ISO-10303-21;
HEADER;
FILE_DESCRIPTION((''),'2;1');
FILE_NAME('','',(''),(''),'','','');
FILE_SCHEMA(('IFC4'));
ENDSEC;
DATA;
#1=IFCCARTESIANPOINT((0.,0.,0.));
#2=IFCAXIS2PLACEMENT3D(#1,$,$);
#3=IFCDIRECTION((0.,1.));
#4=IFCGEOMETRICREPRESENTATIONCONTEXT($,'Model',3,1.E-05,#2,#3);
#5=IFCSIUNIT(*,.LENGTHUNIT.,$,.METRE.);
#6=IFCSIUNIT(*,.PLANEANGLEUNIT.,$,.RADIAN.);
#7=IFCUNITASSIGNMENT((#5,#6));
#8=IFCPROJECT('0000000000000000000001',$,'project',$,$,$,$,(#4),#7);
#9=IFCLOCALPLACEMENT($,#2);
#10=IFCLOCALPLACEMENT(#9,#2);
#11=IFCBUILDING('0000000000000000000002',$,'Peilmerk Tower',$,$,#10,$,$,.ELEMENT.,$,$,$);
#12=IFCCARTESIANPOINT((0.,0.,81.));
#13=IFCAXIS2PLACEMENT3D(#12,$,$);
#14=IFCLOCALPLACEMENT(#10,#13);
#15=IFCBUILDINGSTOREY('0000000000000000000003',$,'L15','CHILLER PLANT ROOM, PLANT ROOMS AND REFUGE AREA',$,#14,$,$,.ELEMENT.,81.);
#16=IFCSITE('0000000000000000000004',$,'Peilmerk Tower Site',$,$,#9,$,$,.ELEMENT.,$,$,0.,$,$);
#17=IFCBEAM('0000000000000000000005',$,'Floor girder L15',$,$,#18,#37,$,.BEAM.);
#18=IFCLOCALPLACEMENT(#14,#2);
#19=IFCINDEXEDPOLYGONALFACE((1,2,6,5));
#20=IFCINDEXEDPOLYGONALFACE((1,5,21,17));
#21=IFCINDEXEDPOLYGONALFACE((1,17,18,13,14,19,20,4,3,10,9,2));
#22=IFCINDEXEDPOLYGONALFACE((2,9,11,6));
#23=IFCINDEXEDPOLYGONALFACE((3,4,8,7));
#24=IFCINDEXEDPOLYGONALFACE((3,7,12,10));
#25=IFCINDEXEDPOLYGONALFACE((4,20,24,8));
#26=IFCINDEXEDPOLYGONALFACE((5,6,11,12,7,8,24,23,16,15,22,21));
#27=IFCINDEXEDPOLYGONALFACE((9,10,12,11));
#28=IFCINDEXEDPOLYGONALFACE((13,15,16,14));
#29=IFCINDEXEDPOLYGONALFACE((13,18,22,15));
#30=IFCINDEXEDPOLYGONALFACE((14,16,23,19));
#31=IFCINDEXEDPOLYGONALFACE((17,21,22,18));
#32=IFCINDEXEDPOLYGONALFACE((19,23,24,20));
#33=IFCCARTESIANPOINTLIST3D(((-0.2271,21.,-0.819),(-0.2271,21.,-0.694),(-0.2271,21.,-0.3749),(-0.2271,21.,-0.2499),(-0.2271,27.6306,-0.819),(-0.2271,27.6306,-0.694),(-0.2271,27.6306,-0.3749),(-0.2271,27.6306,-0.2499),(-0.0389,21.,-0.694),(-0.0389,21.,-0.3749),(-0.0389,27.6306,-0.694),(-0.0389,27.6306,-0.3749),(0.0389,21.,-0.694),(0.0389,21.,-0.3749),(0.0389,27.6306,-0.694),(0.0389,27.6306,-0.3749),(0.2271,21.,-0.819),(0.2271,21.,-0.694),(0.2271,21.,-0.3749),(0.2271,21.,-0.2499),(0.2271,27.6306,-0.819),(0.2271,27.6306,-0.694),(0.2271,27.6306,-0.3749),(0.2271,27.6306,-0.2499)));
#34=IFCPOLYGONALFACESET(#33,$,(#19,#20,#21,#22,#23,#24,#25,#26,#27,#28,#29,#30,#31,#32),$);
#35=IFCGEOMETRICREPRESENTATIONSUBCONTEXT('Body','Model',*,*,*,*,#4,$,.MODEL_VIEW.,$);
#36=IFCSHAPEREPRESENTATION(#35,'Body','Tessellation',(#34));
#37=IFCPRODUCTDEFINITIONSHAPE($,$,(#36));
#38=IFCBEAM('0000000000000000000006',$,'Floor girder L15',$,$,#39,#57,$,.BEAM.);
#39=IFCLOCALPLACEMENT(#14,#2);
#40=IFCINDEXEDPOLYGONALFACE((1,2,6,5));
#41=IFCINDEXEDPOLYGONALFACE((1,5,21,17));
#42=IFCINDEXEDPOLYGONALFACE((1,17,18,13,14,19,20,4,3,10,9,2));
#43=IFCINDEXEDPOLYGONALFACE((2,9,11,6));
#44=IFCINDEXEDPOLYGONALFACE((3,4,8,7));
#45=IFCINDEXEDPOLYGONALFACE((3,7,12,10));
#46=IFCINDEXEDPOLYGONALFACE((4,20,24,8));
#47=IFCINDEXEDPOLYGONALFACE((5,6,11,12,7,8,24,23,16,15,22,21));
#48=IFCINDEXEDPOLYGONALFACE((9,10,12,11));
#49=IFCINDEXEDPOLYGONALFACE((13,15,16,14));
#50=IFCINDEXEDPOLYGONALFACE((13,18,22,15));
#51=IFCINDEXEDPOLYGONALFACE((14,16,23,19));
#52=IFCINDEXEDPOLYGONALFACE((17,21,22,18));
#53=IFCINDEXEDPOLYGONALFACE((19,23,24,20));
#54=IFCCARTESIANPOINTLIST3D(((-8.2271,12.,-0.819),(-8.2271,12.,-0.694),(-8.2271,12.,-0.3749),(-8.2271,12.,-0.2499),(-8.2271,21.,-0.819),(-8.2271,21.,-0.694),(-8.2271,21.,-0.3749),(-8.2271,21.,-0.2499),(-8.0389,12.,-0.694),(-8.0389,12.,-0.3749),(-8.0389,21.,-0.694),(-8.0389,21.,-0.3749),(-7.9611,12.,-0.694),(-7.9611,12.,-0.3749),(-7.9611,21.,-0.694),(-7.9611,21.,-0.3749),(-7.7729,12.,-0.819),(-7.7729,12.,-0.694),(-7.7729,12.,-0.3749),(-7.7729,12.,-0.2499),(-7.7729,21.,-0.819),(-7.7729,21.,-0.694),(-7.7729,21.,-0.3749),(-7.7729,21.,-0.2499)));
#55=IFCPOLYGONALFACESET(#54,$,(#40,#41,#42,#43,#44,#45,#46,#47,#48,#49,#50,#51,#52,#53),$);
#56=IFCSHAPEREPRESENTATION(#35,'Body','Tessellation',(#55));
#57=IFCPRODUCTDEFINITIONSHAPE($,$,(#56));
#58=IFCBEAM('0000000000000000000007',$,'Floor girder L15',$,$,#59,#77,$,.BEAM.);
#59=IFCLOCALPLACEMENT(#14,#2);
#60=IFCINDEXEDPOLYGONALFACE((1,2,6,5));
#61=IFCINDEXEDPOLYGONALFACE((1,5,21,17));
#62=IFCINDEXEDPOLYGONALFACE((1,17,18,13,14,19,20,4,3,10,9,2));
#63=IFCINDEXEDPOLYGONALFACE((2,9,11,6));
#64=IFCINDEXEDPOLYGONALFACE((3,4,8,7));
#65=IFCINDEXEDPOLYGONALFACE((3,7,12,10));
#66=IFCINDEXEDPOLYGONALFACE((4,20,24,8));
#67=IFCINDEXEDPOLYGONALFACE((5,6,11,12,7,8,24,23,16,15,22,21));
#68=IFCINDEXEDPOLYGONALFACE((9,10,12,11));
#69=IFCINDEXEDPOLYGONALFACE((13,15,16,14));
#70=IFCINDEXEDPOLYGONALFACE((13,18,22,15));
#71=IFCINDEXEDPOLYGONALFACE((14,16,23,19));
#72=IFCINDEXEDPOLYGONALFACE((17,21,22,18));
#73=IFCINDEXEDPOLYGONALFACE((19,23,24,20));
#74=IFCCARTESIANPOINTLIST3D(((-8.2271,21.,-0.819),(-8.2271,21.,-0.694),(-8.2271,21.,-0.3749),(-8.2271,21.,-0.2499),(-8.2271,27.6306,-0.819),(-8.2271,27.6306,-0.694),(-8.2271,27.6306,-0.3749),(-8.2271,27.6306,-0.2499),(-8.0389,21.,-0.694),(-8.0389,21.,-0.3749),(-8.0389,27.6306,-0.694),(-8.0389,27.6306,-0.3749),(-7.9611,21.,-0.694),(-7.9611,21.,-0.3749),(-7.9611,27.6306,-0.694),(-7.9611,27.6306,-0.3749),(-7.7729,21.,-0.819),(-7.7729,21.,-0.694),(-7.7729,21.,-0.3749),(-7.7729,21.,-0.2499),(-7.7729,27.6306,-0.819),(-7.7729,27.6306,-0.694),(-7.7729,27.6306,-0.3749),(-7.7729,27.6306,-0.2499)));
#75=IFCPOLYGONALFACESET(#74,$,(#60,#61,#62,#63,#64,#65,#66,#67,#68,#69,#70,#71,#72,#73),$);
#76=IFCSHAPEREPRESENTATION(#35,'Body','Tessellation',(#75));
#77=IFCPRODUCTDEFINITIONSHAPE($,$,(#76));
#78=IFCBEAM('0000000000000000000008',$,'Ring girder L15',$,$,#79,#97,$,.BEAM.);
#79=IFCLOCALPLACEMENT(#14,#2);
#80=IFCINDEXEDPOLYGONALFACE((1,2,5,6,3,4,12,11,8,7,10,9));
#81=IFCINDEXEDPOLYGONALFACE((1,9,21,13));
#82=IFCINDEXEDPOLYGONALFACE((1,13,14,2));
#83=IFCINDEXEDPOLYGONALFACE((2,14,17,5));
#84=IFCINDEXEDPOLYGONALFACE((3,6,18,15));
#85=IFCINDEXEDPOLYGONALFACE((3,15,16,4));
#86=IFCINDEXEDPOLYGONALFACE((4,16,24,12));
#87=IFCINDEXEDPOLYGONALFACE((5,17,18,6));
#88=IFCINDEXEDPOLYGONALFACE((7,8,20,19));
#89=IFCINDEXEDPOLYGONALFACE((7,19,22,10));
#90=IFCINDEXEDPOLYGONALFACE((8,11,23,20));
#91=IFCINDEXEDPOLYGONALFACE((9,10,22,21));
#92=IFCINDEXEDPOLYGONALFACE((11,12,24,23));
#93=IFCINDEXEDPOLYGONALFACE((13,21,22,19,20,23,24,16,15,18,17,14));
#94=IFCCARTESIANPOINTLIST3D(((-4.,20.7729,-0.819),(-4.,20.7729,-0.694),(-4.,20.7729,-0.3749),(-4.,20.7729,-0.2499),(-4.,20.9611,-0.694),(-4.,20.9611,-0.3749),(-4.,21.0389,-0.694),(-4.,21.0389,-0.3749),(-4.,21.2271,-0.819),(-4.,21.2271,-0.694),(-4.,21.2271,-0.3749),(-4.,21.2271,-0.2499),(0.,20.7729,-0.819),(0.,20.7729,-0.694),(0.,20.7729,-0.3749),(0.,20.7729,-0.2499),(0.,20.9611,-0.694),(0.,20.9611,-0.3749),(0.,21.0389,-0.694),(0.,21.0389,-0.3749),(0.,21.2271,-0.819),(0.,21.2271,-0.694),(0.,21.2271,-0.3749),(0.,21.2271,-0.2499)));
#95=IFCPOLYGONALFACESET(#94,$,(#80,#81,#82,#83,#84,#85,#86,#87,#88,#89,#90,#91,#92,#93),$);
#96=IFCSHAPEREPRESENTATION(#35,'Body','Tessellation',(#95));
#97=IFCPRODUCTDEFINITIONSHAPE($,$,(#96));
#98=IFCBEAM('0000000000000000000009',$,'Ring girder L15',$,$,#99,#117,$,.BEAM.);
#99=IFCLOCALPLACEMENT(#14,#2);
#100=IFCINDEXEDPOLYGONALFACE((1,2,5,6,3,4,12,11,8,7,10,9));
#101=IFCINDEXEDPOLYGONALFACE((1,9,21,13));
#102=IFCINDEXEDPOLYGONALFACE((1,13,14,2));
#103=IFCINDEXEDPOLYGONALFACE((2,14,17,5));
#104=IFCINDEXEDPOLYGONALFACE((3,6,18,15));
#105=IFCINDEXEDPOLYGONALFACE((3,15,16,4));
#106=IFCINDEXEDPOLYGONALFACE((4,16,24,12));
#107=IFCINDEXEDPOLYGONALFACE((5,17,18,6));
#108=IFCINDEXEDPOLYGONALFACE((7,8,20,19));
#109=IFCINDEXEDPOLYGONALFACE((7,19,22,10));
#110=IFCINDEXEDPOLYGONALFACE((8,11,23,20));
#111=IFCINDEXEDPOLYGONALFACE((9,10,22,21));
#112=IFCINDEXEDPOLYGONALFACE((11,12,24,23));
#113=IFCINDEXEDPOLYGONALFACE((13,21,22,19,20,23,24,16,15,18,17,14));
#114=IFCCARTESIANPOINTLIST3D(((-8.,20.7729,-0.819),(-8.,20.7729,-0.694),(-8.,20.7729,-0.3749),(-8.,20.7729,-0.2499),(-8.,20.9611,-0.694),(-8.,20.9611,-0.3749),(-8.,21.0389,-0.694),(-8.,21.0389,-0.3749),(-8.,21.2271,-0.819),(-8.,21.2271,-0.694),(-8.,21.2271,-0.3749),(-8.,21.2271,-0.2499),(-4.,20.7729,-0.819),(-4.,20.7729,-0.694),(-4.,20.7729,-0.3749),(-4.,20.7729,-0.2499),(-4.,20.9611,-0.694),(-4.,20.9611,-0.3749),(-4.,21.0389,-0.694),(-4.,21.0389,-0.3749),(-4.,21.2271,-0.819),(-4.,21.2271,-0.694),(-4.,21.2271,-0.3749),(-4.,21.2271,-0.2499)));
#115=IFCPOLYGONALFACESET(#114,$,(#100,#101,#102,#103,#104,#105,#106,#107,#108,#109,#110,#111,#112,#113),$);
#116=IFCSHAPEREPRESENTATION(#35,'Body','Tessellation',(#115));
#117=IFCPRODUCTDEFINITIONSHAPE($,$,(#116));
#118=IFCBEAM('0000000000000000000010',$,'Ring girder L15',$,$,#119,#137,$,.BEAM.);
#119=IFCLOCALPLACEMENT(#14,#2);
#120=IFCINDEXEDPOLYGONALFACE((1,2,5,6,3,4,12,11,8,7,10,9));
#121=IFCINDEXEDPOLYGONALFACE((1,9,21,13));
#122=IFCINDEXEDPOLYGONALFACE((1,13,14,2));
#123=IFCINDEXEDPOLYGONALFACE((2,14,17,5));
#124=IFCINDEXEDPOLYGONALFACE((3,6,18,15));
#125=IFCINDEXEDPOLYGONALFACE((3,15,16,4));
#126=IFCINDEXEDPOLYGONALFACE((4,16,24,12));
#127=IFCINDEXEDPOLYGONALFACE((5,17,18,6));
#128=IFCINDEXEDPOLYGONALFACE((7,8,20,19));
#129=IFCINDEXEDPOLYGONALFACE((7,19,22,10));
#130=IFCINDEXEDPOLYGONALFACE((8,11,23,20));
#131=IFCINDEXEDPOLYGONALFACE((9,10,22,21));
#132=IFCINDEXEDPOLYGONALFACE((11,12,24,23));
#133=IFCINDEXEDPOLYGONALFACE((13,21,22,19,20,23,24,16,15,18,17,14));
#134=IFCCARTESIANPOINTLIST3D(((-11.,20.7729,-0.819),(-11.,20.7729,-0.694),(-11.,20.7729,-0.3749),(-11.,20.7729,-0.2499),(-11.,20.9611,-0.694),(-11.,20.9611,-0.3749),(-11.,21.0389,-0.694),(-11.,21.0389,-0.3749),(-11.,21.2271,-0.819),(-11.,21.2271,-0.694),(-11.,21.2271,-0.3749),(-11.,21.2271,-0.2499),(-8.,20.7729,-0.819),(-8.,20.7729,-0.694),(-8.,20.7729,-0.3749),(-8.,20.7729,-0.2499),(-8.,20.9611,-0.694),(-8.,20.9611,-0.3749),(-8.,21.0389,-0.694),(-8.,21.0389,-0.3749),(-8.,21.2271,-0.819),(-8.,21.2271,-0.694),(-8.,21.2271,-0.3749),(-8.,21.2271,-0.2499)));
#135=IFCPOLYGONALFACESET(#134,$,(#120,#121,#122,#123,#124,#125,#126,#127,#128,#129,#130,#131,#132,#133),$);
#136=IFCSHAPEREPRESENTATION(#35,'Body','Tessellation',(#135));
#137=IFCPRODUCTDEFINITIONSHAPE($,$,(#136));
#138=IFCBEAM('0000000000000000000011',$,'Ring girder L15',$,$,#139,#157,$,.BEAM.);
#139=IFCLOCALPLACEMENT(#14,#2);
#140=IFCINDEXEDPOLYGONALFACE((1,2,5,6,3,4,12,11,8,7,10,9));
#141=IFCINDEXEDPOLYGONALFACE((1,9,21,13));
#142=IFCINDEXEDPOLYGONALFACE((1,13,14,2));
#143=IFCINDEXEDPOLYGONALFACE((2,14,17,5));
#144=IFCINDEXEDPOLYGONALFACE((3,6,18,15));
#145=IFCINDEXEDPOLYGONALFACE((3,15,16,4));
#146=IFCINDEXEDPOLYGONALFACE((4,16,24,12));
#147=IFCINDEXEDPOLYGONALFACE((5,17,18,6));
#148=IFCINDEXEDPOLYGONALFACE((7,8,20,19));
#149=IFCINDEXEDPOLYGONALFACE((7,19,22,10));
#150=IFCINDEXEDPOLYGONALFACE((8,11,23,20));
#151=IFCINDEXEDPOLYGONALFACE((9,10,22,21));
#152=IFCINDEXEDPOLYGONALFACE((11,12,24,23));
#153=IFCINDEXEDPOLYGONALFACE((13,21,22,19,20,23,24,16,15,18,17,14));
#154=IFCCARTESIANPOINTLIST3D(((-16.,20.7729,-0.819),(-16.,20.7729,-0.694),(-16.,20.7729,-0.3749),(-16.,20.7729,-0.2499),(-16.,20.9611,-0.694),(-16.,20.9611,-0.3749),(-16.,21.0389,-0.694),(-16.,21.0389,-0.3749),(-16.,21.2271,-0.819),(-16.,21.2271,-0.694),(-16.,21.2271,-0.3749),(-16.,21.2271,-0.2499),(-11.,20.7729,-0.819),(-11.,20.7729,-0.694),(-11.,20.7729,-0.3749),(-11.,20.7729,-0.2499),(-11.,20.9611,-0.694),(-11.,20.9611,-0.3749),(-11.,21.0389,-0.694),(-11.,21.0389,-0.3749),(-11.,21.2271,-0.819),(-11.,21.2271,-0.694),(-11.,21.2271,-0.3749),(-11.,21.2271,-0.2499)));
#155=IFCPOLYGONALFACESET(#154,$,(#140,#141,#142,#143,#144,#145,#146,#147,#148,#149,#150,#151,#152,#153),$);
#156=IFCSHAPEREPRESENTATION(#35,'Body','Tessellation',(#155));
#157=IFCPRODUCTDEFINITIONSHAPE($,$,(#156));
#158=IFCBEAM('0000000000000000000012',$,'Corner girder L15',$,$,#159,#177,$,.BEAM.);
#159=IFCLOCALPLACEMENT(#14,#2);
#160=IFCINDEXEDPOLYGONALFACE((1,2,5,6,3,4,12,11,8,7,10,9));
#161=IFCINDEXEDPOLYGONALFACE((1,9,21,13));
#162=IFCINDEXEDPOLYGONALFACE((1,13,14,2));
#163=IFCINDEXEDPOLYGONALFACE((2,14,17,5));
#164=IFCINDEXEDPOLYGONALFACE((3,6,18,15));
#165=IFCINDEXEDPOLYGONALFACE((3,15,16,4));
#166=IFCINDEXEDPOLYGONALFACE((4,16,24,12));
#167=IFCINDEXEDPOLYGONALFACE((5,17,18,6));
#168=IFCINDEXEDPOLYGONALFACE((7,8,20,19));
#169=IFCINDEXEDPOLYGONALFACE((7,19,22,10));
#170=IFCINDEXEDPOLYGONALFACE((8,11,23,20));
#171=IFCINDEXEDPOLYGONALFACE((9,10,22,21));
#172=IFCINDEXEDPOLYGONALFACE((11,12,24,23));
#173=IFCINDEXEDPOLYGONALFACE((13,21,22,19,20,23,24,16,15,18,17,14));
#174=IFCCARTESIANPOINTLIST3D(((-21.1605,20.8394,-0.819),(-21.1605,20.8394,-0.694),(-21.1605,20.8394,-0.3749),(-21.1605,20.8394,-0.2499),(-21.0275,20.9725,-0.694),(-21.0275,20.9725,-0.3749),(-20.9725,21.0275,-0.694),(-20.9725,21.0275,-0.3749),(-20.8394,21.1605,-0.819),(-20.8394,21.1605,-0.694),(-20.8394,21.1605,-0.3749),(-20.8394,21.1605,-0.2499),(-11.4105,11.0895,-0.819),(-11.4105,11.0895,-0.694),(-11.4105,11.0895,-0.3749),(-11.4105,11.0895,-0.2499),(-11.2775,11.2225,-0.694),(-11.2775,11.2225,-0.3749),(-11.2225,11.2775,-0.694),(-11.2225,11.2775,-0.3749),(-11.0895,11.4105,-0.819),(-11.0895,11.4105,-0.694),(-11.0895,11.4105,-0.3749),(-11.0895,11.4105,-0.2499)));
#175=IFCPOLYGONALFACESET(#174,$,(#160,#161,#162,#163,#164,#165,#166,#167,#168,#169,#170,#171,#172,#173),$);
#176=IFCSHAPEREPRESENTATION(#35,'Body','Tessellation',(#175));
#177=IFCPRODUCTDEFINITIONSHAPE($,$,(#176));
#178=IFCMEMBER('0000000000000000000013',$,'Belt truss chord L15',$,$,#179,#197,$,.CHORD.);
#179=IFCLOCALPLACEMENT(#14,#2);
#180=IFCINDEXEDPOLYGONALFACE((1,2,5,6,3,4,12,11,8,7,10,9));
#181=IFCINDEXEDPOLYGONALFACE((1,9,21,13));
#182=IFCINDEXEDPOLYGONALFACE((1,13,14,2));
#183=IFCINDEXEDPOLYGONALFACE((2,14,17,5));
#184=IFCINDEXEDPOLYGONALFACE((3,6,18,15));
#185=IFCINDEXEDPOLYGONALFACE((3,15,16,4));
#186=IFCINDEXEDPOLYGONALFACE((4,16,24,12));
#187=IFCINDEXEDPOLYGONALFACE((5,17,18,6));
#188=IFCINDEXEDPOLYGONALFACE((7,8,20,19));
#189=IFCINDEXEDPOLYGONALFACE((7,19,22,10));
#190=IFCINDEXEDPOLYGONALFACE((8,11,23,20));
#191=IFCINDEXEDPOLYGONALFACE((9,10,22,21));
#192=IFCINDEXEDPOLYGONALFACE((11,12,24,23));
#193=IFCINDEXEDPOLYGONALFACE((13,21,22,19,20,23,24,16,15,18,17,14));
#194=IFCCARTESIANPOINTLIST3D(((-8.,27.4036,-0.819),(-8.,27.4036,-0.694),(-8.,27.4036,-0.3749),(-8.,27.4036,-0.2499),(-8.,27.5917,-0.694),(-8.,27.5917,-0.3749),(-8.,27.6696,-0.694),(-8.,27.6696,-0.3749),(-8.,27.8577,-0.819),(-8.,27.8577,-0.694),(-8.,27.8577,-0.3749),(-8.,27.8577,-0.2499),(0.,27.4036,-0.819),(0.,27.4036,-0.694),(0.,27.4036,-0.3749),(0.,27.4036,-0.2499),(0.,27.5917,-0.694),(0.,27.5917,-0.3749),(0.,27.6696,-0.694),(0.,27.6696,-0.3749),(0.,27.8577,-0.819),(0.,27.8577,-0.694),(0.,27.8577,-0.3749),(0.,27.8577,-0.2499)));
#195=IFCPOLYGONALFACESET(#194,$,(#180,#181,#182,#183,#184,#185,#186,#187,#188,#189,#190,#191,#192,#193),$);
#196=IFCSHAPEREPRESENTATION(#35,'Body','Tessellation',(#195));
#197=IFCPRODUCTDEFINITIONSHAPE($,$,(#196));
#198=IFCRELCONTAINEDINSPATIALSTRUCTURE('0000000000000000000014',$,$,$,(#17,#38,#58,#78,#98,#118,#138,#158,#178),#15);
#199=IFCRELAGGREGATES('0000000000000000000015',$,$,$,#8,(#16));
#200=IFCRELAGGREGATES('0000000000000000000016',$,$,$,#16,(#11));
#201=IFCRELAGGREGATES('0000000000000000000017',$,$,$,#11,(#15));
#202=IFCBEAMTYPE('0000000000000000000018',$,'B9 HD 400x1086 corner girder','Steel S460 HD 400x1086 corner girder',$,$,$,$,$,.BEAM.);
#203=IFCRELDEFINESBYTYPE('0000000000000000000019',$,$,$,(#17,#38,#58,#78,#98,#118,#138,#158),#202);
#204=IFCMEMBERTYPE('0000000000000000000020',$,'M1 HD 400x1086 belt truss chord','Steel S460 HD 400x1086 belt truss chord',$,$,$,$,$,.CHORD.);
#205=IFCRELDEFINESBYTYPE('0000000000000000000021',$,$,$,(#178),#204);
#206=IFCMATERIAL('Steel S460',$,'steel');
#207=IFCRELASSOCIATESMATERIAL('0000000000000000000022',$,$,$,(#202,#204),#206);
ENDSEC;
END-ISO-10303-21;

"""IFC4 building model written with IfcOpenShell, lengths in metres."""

from ifc_helpers import new_model, si_unit, direction, frame, origin, origin_2d, place, context, subcontext, project, spatial, i_section, extrude, material, material_profile, profile_set, type_object, element, save


model = new_model("IFC4")

# Units and contexts
model_context = context("Model", 3, precision=1e-05, world=origin(), true_north=direction((0.0, 1.0)))
body_context = subcontext(model_context, "Body", "Model", "MODEL_VIEW")
ifc_project = project(units=[si_unit("LENGTHUNIT", "METRE"), si_unit("PLANEANGLEUNIT", "RADIAN")], contexts=[model_context])

# Site, building, storey
site_placement = place(None, origin())
site = spatial("IfcSite", under=ifc_project, at=site_placement, Name="Peilmerk Tower Site", CompositionType="ELEMENT", RefElevation=0.0)
building_placement = place(site_placement, origin())
building = spatial("IfcBuilding", under=site, at=building_placement, Name="Peilmerk Tower", CompositionType="ELEMENT")
storey_placement = place(building_placement, frame((0.0, 0.0, 81.0)))
storey = spatial("IfcBuildingStorey", under=building, at=storey_placement, Name="L15", Description="CHILLER PLANT ROOM, PLANT ROOMS AND REFUGE AREA", CompositionType="ELEMENT", Elevation=81.0)

# Shared definitions
ifc_material_1 = material(Name="Steel S460", Category="steel")

# Beams
ifc_material_profile_1 = material_profile(ifc_material_1, i_section(OverallWidth=0.4541, OverallDepth=0.5691, WebThickness=0.0779, FlangeThickness=0.125, at=origin_2d()), Name="HD 400x1086")
ifc_profile_set_1 = profile_set([ifc_material_profile_1], Name="Steel S460")
beam_type_1 = type_object("IfcBeamType", Name="B9 HD 400x1086 corner girder", Description="Steel S460 HD 400x1086 corner girder", PredefinedType="BEAM", material=ifc_profile_set_1)
beam_1_placement = place(storey_placement, frame((0.0, 21.0, -0.5344), z_axis=(0.0, 1.0, 0.0), x_axis=(-1.0, 0.0, 0.0)))
element("IfcBeam", 1, at=beam_1_placement, inside=storey, type_object=beam_type_1, Name="Floor girder L15", PredefinedType="BEAM", context=body_context, shape_type="SweptSolid", body=[
    extrude(i_section(OverallWidth=0.4541, OverallDepth=0.5691, WebThickness=0.0779, FlangeThickness=0.125, at=origin_2d()), origin(), (0.0, 0.0, 1.0), 6.6306),
])
beam_2_placement = place(storey_placement, frame((-8.0, 12.0, -0.5344), z_axis=(0.0, 1.0, 0.0), x_axis=(-1.0, 0.0, 0.0)))
element("IfcBeam", 2, at=beam_2_placement, inside=storey, type_object=beam_type_1, Name="Floor girder L15", PredefinedType="BEAM", context=body_context, shape_type="SweptSolid", body=[
    extrude(i_section(OverallWidth=0.4541, OverallDepth=0.5691, WebThickness=0.0779, FlangeThickness=0.125, at=origin_2d()), origin(), (0.0, 0.0, 1.0), 9.0),
])
beam_3_placement = place(storey_placement, frame((-8.0, 21.0, -0.5344), z_axis=(0.0, 1.0, 0.0), x_axis=(-1.0, 0.0, 0.0)))
element("IfcBeam", 3, at=beam_3_placement, inside=storey, type_object=beam_type_1, Name="Floor girder L15", PredefinedType="BEAM", context=body_context, shape_type="SweptSolid", body=[
    extrude(i_section(OverallWidth=0.4541, OverallDepth=0.5691, WebThickness=0.0779, FlangeThickness=0.125, at=origin_2d()), origin(), (0.0, 0.0, 1.0), 6.6306),
])
for number, where, z_axis, x_axis, name in (
    (4, (0.0, 21.0, -0.5344), (-1.0, 0.0, 0.0), (0.0, -1.0, 0.0), "Ring girder L15"),
    (5, (-4.0, 21.0, -0.5344), (-1.0, 0.0, 0.0), (0.0, -1.0, 0.0), "Ring girder L15"),
):
    element("IfcBeam", number, at=place(storey_placement, frame(where, z_axis=z_axis, x_axis=x_axis)), inside=storey, type_object=beam_type_1, Name=name, PredefinedType="BEAM", context=body_context, shape_type="SweptSolid", body=[
        extrude(i_section(OverallWidth=0.4541, OverallDepth=0.5691, WebThickness=0.0779, FlangeThickness=0.125, at=origin_2d()), origin(), (0.0, 0.0, 1.0), 4.0),
    ])
beam_4_placement = place(storey_placement, frame((-8.0, 21.0, -0.5344), z_axis=(-1.0, 0.0, 0.0), x_axis=(0.0, -1.0, 0.0)))
element("IfcBeam", 6, at=beam_4_placement, inside=storey, type_object=beam_type_1, Name="Ring girder L15", PredefinedType="BEAM", context=body_context, shape_type="SweptSolid", body=[
    extrude(i_section(OverallWidth=0.4541, OverallDepth=0.5691, WebThickness=0.0779, FlangeThickness=0.125, at=origin_2d()), origin(), (0.0, 0.0, 1.0), 3.0),
])
beam_5_placement = place(storey_placement, frame((-11.0, 21.0, -0.5344), z_axis=(-1.0, 0.0, 0.0), x_axis=(0.0, -1.0, 0.0)))
element("IfcBeam", 7, at=beam_5_placement, inside=storey, type_object=beam_type_1, Name="Ring girder L15", PredefinedType="BEAM", context=body_context, shape_type="SweptSolid", body=[
    extrude(i_section(OverallWidth=0.4541, OverallDepth=0.5691, WebThickness=0.0779, FlangeThickness=0.125, at=origin_2d()), origin(), (0.0, 0.0, 1.0), 5.0),
])
beam_6_placement = place(storey_placement, frame((-11.25, 11.25, -0.5344), z_axis=(-0.707107, 0.707107, 0.0), x_axis=(-0.707107, -0.707107, 0.0)))
element("IfcBeam", 8, at=beam_6_placement, inside=storey, type_object=beam_type_1, Name="Corner girder L15", PredefinedType="BEAM", context=body_context, shape_type="SweptSolid", body=[
    extrude(i_section(OverallWidth=0.4541, OverallDepth=0.5691, WebThickness=0.0779, FlangeThickness=0.125, at=origin_2d()), origin(), (0.0, 0.0, 1.0), 13.7886),
])

# Member
ifc_material_profile_2 = material_profile(ifc_material_1, i_section(OverallWidth=0.4541, OverallDepth=0.5691, WebThickness=0.0779, FlangeThickness=0.125, at=origin_2d()), Name="HD 400x1086")
ifc_profile_set_2 = profile_set([ifc_material_profile_2], Name="Steel S460")
member_type_1 = type_object("IfcMemberType", Name="M1 HD 400x1086 belt truss chord", Description="Steel S460 HD 400x1086 belt truss chord", PredefinedType="CHORD", material=ifc_profile_set_2)
for number, where, z_axis, x_axis, name in (
    (9, (0.0, 27.6306, -0.5344), (-1.0, 0.0, 0.0), (0.0, -1.0, 0.0), "Belt truss chord L15"),
):
    element("IfcMember", number, at=place(storey_placement, frame(where, z_axis=z_axis, x_axis=x_axis)), inside=storey, type_object=member_type_1, Name=name, PredefinedType="CHORD", context=body_context, shape_type="SweptSolid", body=[
        extrude(i_section(OverallWidth=0.4541, OverallDepth=0.5691, WebThickness=0.0779, FlangeThickness=0.125, at=origin_2d()), origin(), (0.0, 0.0, 1.0), 8.0),
    ])

save(model, "model.ifc")
